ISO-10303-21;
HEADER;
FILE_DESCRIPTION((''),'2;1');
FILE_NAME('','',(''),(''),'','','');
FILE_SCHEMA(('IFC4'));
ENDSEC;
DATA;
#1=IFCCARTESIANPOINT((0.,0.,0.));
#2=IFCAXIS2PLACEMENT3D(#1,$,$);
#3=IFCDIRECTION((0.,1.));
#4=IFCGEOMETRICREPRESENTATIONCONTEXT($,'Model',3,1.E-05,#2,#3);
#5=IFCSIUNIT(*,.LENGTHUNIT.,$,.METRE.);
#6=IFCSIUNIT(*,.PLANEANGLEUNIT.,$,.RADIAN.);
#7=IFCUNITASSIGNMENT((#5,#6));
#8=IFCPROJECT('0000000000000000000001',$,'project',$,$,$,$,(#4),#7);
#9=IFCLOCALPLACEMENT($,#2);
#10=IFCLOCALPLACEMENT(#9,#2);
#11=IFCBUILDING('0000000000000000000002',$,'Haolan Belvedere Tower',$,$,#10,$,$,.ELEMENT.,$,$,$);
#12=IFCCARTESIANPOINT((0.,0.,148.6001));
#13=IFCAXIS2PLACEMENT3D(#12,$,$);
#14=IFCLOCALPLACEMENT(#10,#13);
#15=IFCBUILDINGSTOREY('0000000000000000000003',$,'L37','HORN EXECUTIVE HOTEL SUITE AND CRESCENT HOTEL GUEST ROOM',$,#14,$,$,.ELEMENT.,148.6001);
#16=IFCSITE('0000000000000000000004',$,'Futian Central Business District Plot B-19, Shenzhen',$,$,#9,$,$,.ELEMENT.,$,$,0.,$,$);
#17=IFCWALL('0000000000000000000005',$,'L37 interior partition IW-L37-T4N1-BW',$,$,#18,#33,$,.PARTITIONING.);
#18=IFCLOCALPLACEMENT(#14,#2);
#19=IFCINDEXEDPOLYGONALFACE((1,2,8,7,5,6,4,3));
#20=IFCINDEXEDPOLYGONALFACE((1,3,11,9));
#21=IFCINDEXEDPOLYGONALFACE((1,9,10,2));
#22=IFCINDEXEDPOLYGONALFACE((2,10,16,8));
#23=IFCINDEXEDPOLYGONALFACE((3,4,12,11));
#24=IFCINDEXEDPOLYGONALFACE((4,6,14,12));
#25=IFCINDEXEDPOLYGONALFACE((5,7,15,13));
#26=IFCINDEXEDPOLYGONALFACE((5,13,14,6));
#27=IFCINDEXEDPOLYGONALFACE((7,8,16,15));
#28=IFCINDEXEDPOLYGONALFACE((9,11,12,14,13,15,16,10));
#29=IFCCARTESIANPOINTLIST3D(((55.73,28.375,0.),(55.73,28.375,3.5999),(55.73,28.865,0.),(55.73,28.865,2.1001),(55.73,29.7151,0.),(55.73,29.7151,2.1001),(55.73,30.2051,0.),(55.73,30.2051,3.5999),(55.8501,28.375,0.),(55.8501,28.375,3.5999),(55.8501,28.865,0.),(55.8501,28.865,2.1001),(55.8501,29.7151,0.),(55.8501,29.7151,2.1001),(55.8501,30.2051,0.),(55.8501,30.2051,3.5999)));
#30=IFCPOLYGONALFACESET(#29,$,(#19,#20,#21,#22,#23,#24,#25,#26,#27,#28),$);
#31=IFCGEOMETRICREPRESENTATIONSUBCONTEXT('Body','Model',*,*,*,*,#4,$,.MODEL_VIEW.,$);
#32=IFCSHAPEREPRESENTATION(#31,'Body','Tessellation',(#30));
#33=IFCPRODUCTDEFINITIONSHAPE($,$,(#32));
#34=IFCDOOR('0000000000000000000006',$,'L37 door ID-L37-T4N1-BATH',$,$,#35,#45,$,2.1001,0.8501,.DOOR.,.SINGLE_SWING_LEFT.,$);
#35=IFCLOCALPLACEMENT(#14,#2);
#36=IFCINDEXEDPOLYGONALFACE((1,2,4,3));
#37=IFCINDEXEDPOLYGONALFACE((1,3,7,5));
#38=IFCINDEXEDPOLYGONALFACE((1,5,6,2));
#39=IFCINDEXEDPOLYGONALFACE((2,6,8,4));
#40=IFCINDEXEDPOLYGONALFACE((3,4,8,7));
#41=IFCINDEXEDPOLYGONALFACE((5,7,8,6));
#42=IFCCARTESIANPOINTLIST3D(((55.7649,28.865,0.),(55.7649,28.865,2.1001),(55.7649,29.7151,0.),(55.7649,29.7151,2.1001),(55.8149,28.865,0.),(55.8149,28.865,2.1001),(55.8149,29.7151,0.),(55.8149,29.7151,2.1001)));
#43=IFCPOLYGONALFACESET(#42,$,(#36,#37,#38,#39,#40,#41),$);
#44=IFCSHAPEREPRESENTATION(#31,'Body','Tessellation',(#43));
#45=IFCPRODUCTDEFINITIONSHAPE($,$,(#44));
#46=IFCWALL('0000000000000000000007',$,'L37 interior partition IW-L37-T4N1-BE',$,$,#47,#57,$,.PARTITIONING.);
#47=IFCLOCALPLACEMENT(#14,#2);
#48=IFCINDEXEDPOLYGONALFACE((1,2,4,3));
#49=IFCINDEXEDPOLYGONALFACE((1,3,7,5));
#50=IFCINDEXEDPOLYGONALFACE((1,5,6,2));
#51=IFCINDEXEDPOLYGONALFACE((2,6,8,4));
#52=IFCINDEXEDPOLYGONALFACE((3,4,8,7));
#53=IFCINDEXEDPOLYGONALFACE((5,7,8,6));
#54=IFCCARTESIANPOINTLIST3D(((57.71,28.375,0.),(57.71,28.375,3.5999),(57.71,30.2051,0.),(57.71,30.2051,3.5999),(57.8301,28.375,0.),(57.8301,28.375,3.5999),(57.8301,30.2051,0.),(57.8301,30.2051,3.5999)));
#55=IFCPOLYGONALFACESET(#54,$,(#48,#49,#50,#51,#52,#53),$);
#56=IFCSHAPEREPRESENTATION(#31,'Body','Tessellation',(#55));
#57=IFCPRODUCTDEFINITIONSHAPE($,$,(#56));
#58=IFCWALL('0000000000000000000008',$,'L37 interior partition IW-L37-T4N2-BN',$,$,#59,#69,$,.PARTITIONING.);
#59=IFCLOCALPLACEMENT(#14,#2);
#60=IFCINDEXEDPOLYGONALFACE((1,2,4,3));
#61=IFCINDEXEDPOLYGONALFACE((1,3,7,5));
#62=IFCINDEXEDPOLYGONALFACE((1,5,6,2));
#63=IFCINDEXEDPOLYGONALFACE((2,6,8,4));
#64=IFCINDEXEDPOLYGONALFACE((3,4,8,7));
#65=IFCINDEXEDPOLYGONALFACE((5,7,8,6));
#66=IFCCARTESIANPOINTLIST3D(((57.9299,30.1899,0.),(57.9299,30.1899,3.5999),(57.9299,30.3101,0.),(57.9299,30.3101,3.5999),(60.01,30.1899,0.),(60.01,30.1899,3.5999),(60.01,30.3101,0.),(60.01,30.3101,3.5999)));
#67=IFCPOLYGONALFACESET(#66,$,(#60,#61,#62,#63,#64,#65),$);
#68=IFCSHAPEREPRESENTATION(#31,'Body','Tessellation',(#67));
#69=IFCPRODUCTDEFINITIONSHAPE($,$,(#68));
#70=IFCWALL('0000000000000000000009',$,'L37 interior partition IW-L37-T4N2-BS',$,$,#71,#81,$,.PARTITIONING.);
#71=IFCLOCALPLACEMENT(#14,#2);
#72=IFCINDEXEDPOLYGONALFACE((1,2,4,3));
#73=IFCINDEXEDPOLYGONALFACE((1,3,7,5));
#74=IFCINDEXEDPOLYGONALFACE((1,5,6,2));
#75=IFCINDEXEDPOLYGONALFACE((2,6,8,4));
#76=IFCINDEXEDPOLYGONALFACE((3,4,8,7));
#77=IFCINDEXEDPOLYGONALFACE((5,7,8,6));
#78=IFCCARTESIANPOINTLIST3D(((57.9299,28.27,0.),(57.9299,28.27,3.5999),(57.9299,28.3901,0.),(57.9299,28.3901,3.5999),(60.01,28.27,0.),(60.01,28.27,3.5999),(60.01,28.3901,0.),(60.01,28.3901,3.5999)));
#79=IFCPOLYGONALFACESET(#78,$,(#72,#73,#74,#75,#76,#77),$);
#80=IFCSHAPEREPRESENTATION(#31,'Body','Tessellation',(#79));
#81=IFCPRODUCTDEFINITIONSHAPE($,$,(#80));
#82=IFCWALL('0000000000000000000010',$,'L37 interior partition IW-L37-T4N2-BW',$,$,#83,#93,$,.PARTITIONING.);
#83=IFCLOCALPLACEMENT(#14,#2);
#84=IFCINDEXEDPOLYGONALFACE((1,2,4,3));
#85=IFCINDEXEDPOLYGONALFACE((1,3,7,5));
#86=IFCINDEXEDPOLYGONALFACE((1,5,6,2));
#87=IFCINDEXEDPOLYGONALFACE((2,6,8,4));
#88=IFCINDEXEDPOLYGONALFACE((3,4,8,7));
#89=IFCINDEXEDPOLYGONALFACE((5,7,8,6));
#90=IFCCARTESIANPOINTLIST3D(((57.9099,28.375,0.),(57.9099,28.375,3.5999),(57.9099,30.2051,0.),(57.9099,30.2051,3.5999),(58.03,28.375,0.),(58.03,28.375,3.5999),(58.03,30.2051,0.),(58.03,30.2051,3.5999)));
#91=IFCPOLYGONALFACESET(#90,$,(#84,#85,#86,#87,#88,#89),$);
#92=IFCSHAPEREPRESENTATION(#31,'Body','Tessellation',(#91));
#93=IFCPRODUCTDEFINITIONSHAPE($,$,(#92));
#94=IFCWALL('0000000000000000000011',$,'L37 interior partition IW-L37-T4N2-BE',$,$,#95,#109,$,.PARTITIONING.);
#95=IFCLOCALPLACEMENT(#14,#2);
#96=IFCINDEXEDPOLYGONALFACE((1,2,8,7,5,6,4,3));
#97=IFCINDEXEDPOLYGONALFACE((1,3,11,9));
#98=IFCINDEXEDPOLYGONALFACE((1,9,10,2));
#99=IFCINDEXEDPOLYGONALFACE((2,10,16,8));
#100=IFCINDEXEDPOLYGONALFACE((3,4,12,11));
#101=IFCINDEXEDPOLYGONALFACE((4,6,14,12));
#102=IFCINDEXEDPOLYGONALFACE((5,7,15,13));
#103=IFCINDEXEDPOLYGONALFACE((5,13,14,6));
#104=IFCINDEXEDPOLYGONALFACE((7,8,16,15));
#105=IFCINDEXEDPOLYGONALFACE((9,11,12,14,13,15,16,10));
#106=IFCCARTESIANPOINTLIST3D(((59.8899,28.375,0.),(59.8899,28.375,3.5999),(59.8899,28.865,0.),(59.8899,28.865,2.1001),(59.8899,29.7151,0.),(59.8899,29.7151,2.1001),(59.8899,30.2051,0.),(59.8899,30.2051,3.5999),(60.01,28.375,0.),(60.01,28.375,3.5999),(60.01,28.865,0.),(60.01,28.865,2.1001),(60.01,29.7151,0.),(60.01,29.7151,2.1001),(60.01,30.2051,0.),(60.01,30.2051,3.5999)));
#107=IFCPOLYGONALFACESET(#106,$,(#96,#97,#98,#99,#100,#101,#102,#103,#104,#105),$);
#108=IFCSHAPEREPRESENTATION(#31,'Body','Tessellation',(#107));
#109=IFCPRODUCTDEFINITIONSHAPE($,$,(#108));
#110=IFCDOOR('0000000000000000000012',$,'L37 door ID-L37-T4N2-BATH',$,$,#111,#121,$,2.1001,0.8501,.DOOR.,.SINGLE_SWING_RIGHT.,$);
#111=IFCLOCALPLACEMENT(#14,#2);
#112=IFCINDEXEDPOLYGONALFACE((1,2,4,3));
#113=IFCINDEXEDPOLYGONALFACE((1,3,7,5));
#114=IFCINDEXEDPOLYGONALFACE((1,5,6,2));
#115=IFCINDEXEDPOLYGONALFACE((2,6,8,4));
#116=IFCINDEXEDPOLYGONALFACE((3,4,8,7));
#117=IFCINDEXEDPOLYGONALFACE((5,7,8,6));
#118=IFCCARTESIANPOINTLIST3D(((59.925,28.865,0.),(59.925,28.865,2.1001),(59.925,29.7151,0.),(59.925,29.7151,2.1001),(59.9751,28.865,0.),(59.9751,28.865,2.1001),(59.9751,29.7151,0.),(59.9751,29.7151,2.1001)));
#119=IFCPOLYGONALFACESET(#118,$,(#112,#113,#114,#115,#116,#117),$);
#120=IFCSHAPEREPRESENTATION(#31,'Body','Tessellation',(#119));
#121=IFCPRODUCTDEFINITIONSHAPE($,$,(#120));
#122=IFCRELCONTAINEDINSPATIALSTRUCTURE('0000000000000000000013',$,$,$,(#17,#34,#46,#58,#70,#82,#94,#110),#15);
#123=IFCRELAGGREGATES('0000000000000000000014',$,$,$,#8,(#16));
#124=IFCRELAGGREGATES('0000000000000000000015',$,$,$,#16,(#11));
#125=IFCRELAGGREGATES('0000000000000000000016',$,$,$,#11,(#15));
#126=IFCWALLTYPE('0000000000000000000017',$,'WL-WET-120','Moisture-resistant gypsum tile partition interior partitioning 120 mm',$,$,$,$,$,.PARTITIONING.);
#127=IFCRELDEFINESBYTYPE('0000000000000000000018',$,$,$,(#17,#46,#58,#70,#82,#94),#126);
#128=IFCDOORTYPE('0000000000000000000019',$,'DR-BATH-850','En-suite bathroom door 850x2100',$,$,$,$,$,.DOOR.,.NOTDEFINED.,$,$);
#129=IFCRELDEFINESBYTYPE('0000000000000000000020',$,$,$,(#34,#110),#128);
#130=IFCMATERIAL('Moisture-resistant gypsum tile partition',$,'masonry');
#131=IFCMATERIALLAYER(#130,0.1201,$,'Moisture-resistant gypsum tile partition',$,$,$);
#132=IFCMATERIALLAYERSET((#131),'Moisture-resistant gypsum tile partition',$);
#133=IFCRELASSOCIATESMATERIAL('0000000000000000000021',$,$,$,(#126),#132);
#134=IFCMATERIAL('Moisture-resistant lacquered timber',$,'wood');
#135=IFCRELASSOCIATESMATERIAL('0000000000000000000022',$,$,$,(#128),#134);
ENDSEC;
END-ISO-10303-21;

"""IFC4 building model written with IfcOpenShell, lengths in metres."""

from ifc_helpers import new_model, si_unit, direction, frame, frame_2d, origin, place, context, subcontext, project, spatial, rectangle, extrude, material, layer, layer_set, type_object, element, fill, save


model = new_model("IFC4")

# Units and contexts
model_context = context("Model", 3, precision=1e-05, world=origin(), true_north=direction((0.0, 1.0)))
body_context = subcontext(model_context, "Body", "Model", "MODEL_VIEW")
ifc_project = project(units=[si_unit("LENGTHUNIT", "METRE"), si_unit("PLANEANGLEUNIT", "RADIAN")], contexts=[model_context])

# Site, building, storey
site_placement = place(None, origin())
site = spatial("IfcSite", under=ifc_project, at=site_placement, Name="Futian Central Business District Plot B-19, Shenzhen", CompositionType="ELEMENT", RefElevation=0.0)
building_placement = place(site_placement, origin())
building = spatial("IfcBuilding", under=site, at=building_placement, Name="Haolan Belvedere Tower", CompositionType="ELEMENT")
storey_placement = place(building_placement, frame((0.0, 0.0, 148.6001)))
storey = spatial("IfcBuildingStorey", under=building, at=storey_placement, Name="L37", Description="HORN EXECUTIVE HOTEL SUITE AND CRESCENT HOTEL GUEST ROOM", CompositionType="ELEMENT", Elevation=148.6001)

# Shared definitions
ifc_material_1 = material(Name="Moisture-resistant gypsum tile partition", Category="masonry")
ifc_layer_1 = layer(ifc_material_1, 0.1201, Name="Moisture-resistant gypsum tile partition")
ifc_layer_set_1 = layer_set([ifc_layer_1], Name="Moisture-resistant gypsum tile partition")
wall_type_1 = type_object("IfcWallType", Name="WL-WET-120", Description="Moisture-resistant gypsum tile partition interior partitioning 120 mm", PredefinedType="PARTITIONING", material=ifc_layer_set_1)

# Wall, opening, door
wall_1_placement = place(storey_placement, frame((55.79, 28.375, 0.0), z_axis=(0.0, 0.0, 1.0), x_axis=(0.0, 1.0, 0.0)))
wall_1 = element("IfcWall", 1, at=wall_1_placement, inside=storey, type_object=wall_type_1, Name="L37 interior partition IW-L37-T4N1-BW", PredefinedType="PARTITIONING", context=body_context, shape_type="SweptSolid", body=[
    extrude(rectangle(XDim=1.8301, YDim=0.1201, at=frame_2d((0.915, 0.0))), origin(), (0.0, 0.0, 1.0), 3.5999),
])
opening_1_placement = place(wall_1_placement, frame((1.3401, 0.0, 0.0), z_axis=(0.0, 0.0, 1.0), x_axis=(-1.0, 0.0, 0.0)))
opening_1 = element("IfcOpeningElement", 2, at=opening_1_placement, cuts=wall_1, PredefinedType="OPENING", context=body_context, shape_type="SweptSolid", body=[
    extrude(rectangle(XDim=0.8501, YDim=2.1001, at=frame_2d((0.425, 1.05))), frame((0.0, 0.0701, 0.0), z_axis=(0.0, -1.0, 0.0), x_axis=(1.0, 0.0, 0.0)), (0.0, 0.0, 1.0), 0.1401),
])
ifc_material_2 = material(Name="Moisture-resistant lacquered timber", Category="wood")
door_type_1 = type_object("IfcDoorType", Name="DR-BATH-850", Description="En-suite bathroom door 850x2100", OperationType="NOTDEFINED", PredefinedType="DOOR", material=ifc_material_2)
door_1_placement = place(opening_1_placement, origin())
door_1 = element("IfcDoor", 3, at=door_1_placement, inside=storey, type_object=door_type_1, Name="L37 door ID-L37-T4N1-BATH", OperationType="SINGLE_SWING_LEFT", OverallHeight=2.1001, OverallWidth=0.8501, PredefinedType="DOOR", context=body_context, shape_type="SweptSolid", body=[
    extrude(rectangle(XDim=0.8501, YDim=2.1001, at=frame_2d((0.425, 1.05))), frame((0.0, 0.0249, 0.0), z_axis=(0.0, -1.0, 0.0), x_axis=(1.0, 0.0, 0.0)), (0.0, 0.0, 1.0), 0.05),
])
fill(opening_1, door_1)

# Walls
wall_2_placement = place(storey_placement, frame((57.77, 28.375, 0.0), z_axis=(0.0, 0.0, 1.0), x_axis=(0.0, 1.0, 0.0)))
element("IfcWall", 4, at=wall_2_placement, inside=storey, type_object=wall_type_1, Name="L37 interior partition IW-L37-T4N1-BE", PredefinedType="PARTITIONING", context=body_context, shape_type="SweptSolid", body=[
    extrude(rectangle(XDim=1.8301, YDim=0.1201, at=frame_2d((0.915, 0.0))), origin(), (0.0, 0.0, 1.0), 3.5999),
])
for number, where, z_axis, x_axis, name in (
    (5, (57.9299, 30.25, 0.0), (0.0, 0.0, 1.0), (1.0, 0.0, 0.0), "L37 interior partition IW-L37-T4N2-BN"),
    (6, (57.9299, 28.3301, 0.0), (0.0, 0.0, 1.0), (1.0, 0.0, 0.0), "L37 interior partition IW-L37-T4N2-BS"),
):
    element("IfcWall", number, at=place(storey_placement, frame(where, z_axis=z_axis, x_axis=x_axis)), inside=storey, type_object=wall_type_1, Name=name, PredefinedType="PARTITIONING", context=body_context, shape_type="SweptSolid", body=[
        extrude(rectangle(XDim=2.0801, YDim=0.1201, at=frame_2d((1.04, 0.0))), origin(), (0.0, 0.0, 1.0), 3.5999),
    ])
wall_3_placement = place(storey_placement, frame((57.97, 28.375, 0.0), z_axis=(0.0, 0.0, 1.0), x_axis=(0.0, 1.0, 0.0)))
element("IfcWall", 7, at=wall_3_placement, inside=storey, type_object=wall_type_1, Name="L37 interior partition IW-L37-T4N2-BW", PredefinedType="PARTITIONING", context=body_context, shape_type="SweptSolid", body=[
    extrude(rectangle(XDim=1.8301, YDim=0.1201, at=frame_2d((0.915, 0.0))), origin(), (0.0, 0.0, 1.0), 3.5999),
])

# Wall, opening, door
wall_4_placement = place(storey_placement, frame((59.95, 28.375, 0.0), z_axis=(0.0, 0.0, 1.0), x_axis=(0.0, 1.0, 0.0)))
wall_4 = element("IfcWall", 8, at=wall_4_placement, inside=storey, type_object=wall_type_1, Name="L37 interior partition IW-L37-T4N2-BE", PredefinedType="PARTITIONING", context=body_context, shape_type="SweptSolid", body=[
    extrude(rectangle(XDim=1.8301, YDim=0.1201, at=frame_2d((0.915, 0.0))), origin(), (0.0, 0.0, 1.0), 3.5999),
])
opening_2_placement = place(wall_4_placement, frame((0.49, 0.0, 0.0)))
opening_2 = element("IfcOpeningElement", 9, at=opening_2_placement, cuts=wall_4, PredefinedType="OPENING", context=body_context, shape_type="SweptSolid", body=[
    extrude(rectangle(XDim=0.8501, YDim=2.1001, at=frame_2d((0.425, 1.05))), frame((0.0, 0.0701, 0.0), z_axis=(0.0, -1.0, 0.0), x_axis=(1.0, 0.0, 0.0)), (0.0, 0.0, 1.0), 0.1401),
])
door_2_placement = place(opening_2_placement, origin())
door_2 = element("IfcDoor", 10, at=door_2_placement, inside=storey, type_object=door_type_1, Name="L37 door ID-L37-T4N2-BATH", OperationType="SINGLE_SWING_RIGHT", OverallHeight=2.1001, OverallWidth=0.8501, PredefinedType="DOOR", context=body_context, shape_type="SweptSolid", body=[
    extrude(rectangle(XDim=0.8501, YDim=2.1001, at=frame_2d((0.425, 1.05))), frame((0.0, 0.0249, 0.0), z_axis=(0.0, -1.0, 0.0), x_axis=(1.0, 0.0, 0.0)), (0.0, 0.0, 1.0), 0.05),
])
fill(opening_2, door_2)

save(model, "model.ifc")
